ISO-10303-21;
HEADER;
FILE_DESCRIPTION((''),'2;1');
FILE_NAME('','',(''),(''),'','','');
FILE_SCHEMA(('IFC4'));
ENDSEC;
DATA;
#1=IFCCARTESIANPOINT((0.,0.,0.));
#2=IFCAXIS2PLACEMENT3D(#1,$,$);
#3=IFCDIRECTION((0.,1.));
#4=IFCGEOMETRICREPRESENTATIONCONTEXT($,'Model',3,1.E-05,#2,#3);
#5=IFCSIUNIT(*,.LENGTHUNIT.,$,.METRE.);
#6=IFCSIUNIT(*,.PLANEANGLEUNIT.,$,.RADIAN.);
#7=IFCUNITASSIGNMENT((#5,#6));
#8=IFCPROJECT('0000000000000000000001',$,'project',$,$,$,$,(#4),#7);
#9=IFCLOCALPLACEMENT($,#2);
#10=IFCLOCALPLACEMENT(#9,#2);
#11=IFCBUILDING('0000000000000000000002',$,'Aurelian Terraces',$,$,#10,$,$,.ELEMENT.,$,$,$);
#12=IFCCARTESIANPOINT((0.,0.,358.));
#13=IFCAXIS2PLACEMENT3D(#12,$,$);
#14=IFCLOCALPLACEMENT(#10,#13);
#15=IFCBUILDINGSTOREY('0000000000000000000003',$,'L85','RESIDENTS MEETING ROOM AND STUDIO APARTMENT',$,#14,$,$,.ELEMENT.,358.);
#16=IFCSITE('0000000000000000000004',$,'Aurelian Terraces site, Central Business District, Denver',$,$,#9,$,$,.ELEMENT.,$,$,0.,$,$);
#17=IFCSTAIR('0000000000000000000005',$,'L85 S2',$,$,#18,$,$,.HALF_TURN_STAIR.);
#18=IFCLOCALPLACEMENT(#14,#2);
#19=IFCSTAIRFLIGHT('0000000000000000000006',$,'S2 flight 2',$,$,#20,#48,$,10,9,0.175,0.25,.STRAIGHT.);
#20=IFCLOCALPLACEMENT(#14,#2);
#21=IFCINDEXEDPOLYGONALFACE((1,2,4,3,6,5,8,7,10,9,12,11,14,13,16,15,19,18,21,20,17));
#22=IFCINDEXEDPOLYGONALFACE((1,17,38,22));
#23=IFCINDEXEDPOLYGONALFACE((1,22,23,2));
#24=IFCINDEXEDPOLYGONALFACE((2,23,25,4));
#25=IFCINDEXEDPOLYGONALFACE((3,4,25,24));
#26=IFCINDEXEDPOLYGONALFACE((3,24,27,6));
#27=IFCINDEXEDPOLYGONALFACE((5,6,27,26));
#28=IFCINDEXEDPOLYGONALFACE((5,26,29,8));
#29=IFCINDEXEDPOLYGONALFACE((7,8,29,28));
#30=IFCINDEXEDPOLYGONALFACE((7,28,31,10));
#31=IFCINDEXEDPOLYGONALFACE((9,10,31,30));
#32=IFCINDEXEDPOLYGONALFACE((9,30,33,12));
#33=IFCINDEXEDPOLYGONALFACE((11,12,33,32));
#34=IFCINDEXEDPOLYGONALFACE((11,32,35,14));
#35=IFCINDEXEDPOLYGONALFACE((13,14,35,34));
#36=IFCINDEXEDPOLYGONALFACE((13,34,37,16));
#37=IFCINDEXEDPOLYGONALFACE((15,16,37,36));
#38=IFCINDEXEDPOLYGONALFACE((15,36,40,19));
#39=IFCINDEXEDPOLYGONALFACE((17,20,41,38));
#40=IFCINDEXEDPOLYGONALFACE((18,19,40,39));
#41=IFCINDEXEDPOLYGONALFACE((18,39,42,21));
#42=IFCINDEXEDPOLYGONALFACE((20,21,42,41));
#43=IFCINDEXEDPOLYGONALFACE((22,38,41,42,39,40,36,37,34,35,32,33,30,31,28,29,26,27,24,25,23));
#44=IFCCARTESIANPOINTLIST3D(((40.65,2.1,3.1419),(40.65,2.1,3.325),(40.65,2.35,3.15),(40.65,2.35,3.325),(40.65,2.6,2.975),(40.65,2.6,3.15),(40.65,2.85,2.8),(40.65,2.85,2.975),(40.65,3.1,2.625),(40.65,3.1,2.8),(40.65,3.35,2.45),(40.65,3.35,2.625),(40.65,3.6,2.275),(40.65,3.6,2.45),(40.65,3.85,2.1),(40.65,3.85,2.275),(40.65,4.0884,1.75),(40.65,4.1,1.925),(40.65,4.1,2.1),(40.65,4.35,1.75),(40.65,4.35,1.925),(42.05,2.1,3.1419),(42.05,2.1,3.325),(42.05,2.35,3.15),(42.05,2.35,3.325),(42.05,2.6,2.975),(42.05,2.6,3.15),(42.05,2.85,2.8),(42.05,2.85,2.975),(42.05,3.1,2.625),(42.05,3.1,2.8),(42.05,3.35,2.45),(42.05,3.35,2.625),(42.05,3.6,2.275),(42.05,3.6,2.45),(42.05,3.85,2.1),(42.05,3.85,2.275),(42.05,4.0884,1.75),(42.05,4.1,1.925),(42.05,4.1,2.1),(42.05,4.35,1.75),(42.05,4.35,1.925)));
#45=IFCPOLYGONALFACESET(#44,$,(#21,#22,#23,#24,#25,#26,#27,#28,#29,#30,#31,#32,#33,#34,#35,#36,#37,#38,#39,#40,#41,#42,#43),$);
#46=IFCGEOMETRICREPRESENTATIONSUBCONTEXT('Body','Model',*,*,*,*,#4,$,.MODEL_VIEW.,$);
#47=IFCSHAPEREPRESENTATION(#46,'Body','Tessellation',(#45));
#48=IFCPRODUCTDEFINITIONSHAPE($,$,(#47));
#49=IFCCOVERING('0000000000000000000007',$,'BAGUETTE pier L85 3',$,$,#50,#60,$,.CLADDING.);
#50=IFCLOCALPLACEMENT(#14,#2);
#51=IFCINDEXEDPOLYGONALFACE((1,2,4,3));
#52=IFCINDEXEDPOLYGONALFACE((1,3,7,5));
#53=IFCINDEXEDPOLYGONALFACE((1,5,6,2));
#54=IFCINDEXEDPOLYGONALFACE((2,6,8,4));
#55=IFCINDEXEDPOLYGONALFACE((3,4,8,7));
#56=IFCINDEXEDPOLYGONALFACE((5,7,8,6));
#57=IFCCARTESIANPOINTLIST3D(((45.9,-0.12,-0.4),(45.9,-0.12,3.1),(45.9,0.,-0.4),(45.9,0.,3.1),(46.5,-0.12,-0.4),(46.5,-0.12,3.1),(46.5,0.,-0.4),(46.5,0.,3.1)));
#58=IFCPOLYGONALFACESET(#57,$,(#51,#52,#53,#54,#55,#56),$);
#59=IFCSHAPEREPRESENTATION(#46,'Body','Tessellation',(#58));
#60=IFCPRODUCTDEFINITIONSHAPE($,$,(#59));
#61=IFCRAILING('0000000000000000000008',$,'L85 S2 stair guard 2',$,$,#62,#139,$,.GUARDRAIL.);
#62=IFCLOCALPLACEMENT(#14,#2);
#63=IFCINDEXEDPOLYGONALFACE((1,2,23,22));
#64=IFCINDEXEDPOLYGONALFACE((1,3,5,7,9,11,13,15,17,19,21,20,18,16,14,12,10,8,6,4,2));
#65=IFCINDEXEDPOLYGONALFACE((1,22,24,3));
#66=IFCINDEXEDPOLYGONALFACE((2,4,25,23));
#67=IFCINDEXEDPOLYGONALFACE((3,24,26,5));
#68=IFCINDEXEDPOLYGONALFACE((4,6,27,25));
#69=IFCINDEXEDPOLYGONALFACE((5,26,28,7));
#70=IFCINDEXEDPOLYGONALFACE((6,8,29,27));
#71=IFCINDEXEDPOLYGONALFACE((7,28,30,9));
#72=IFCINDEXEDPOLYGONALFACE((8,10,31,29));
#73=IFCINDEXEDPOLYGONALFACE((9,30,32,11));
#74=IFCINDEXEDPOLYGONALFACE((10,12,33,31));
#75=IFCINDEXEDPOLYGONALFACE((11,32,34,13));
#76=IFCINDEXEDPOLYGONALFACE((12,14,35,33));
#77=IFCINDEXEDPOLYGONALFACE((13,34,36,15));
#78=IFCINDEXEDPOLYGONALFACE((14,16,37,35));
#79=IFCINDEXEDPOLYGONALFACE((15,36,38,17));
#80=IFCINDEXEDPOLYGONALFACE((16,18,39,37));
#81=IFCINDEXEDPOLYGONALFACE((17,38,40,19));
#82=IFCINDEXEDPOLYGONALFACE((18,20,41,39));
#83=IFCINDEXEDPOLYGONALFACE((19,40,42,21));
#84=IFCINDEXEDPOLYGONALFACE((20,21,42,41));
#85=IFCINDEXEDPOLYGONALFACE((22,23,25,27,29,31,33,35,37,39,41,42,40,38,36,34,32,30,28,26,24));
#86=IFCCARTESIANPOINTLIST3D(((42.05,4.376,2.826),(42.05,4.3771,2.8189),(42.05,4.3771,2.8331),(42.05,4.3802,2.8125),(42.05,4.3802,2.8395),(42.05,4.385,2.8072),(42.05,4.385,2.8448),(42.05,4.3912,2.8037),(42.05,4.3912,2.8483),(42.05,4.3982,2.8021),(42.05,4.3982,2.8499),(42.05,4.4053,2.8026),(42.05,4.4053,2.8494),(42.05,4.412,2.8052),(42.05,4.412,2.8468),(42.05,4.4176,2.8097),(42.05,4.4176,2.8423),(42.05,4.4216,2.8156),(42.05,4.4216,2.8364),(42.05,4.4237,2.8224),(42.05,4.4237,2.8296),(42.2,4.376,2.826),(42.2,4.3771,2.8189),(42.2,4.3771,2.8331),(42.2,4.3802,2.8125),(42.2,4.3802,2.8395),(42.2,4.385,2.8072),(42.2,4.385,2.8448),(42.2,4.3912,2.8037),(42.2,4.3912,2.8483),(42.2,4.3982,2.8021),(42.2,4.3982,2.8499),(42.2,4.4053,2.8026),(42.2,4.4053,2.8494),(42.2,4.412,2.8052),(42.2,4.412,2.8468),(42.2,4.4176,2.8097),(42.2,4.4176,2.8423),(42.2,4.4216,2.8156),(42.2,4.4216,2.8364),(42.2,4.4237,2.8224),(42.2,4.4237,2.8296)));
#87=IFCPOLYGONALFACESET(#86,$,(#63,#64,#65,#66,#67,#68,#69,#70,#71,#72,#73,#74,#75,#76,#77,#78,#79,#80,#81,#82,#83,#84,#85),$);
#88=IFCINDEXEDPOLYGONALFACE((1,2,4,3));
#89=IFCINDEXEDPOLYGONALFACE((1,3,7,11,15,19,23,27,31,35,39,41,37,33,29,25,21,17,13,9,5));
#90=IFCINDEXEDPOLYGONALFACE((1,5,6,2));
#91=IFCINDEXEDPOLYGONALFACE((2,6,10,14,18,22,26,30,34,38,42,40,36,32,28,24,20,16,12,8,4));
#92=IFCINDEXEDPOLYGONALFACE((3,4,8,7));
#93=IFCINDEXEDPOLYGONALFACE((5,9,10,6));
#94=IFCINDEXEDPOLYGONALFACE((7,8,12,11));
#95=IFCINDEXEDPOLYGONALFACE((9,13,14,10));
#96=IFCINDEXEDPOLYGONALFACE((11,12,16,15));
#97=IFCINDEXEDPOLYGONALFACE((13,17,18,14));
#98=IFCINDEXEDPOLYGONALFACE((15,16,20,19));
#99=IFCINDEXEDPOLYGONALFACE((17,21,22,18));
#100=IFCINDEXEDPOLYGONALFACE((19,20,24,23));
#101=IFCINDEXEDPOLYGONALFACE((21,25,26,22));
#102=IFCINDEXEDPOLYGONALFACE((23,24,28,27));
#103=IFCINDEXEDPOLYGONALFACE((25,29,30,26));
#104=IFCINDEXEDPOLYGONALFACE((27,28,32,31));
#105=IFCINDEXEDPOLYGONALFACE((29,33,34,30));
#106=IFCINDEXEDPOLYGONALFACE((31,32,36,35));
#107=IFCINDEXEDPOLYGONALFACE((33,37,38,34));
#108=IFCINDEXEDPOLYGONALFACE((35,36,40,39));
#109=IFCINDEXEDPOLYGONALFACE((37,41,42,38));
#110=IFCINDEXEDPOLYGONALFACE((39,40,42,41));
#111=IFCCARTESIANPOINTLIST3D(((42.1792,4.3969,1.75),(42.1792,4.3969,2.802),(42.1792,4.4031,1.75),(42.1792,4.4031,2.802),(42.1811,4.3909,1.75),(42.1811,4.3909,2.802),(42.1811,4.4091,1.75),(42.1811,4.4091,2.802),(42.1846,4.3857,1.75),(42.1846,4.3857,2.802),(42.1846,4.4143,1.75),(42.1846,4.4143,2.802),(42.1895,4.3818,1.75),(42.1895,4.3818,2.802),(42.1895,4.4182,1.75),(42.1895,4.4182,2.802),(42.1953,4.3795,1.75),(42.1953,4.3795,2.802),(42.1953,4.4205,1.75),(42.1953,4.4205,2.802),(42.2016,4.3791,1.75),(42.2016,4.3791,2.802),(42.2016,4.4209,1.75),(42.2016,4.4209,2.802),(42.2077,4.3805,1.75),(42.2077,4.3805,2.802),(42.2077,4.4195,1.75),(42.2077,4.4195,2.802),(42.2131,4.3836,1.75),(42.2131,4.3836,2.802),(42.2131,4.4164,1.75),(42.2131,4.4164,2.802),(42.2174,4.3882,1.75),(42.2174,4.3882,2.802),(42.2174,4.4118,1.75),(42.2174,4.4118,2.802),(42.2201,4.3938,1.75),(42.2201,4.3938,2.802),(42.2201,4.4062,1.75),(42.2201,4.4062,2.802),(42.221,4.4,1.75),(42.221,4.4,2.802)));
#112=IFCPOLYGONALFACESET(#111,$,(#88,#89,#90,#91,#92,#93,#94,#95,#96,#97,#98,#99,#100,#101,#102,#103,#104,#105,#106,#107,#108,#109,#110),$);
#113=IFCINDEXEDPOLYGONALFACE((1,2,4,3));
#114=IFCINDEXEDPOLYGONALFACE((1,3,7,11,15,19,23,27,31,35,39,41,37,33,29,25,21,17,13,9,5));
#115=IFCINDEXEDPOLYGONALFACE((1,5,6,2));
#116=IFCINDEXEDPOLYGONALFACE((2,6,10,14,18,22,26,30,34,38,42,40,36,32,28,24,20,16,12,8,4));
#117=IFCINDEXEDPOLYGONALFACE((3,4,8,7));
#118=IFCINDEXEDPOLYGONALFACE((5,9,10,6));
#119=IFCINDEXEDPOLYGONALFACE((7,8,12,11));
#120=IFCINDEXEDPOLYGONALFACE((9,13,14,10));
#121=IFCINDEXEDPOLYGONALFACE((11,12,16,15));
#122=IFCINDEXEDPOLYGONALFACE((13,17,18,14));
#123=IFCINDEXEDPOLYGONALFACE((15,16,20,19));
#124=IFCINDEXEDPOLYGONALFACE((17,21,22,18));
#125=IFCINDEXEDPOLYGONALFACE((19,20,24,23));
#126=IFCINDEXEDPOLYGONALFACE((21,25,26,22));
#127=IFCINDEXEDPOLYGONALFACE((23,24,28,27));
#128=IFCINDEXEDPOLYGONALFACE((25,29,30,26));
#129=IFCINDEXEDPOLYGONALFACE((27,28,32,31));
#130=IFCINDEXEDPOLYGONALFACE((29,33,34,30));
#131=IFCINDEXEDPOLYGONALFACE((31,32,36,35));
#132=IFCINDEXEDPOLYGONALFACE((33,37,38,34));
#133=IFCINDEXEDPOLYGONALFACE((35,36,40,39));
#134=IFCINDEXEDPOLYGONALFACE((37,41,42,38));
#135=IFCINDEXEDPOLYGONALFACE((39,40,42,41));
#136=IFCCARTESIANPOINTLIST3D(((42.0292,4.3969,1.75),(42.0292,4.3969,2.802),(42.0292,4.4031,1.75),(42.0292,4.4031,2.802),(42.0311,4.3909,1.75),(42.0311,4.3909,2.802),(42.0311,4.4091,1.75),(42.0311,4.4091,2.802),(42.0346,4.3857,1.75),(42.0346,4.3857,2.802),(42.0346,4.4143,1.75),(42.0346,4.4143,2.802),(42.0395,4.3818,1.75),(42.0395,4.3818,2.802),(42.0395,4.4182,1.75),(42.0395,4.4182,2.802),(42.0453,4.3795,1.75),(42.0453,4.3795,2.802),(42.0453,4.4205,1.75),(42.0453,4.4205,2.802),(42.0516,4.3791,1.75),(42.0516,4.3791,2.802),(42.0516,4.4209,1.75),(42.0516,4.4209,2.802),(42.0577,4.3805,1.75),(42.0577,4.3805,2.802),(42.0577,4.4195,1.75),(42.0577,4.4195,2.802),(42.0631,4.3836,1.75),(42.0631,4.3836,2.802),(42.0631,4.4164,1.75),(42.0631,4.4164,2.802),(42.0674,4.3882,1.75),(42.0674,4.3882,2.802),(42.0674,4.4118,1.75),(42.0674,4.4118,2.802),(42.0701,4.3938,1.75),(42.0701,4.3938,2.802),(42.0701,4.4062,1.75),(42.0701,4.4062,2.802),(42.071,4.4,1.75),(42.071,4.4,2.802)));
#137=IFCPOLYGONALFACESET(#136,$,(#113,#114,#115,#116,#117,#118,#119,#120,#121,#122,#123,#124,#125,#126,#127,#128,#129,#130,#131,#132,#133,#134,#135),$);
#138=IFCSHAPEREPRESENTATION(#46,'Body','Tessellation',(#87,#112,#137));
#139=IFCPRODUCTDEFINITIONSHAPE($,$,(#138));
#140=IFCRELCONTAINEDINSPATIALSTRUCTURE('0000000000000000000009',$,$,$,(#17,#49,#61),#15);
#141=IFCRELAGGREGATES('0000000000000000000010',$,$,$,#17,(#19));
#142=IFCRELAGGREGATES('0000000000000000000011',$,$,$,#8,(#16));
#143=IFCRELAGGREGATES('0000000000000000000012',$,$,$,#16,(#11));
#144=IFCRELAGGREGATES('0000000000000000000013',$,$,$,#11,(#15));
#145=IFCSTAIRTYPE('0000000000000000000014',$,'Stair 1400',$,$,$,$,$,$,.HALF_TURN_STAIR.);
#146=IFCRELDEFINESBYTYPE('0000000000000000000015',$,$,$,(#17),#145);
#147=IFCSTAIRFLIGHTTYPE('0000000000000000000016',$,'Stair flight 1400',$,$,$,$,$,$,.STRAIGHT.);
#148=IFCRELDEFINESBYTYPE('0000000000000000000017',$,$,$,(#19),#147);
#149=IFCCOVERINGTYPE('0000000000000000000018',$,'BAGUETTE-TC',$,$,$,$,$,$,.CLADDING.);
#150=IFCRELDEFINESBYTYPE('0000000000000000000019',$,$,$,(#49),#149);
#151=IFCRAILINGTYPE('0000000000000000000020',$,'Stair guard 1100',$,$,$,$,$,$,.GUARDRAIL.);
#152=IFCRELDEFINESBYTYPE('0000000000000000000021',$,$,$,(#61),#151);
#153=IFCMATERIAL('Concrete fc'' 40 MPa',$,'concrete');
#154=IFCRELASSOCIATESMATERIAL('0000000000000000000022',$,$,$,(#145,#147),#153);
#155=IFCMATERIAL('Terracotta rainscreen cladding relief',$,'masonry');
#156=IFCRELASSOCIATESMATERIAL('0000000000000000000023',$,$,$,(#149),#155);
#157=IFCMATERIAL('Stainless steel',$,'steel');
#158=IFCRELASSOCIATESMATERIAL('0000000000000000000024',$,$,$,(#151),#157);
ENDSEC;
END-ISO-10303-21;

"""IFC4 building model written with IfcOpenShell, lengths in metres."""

from ifc_helpers import new_model, si_unit, direction, frame, origin, origin_2d, place, context, subcontext, project, spatial, polyline, rectangle, circle, outline, extrude, source, transform, mapped, material, type_object, element, aggregate, save


model = new_model("IFC4")

# Units and contexts
model_context = context("Model", 3, precision=1e-05, world=origin(), true_north=direction((0.0, 1.0)))
body_context = subcontext(model_context, "Body", "Model", "MODEL_VIEW")
ifc_project = project(units=[si_unit("LENGTHUNIT", "METRE"), si_unit("PLANEANGLEUNIT", "RADIAN")], contexts=[model_context])

# Site, building, storey
site_placement = place(None, origin())
site = spatial("IfcSite", under=ifc_project, at=site_placement, Name="Aurelian Terraces site, Central Business District, Denver", CompositionType="ELEMENT", RefElevation=0.0)
building_placement = place(site_placement, origin())
building = spatial("IfcBuilding", under=site, at=building_placement, Name="Aurelian Terraces", CompositionType="ELEMENT")
storey_placement = place(building_placement, frame((0.0, 0.0, 358.0)))
storey = spatial("IfcBuildingStorey", under=building, at=storey_placement, Name="L85", Description="RESIDENTS MEETING ROOM AND STUDIO APARTMENT", CompositionType="ELEMENT", Elevation=358.0)

# Shared definitions
ifc_material_1 = material(Name="Concrete fc' 40 MPa", Category="concrete")

# Stair, stair flight
stair_type = type_object("IfcStairType", Name="Stair 1400", PredefinedType="HALF_TURN_STAIR", material=ifc_material_1)
stair_placement = place(storey_placement, origin())
stair = element("IfcStair", 1, at=stair_placement, inside=storey, type_object=stair_type, Name="L85 S2", PredefinedType="HALF_TURN_STAIR")
stair_flight_type = type_object("IfcStairFlightType", Name="Stair flight 1400", PredefinedType="STRAIGHT", material=ifc_material_1)
shared_shape_1 = source(origin(), body_context, "Body", "SweptSolid", [
    extrude(outline(polyline([(0.0, 0.0), (0.0, 0.175), (0.25, 0.175), (0.25, 0.35), (0.5, 0.35), (0.5, 0.525), (0.75, 0.525), (0.75, 0.7), (1.0, 0.7), (1.0, 0.875), (1.25, 0.875), (1.25, 1.05), (1.5, 1.05), (1.5, 1.225), (1.75, 1.225), (1.75, 1.4), (2.0, 1.4), (2.0, 1.575), (2.25, 1.575), (2.25, 1.75), (2.25, 1.3919), (0.2616, 0.0), (0.0, 0.0)])), frame((0.0, 0.7, 0.0), z_axis=(0.0, -1.0, 0.0), x_axis=(1.0, 0.0, 0.0)), (0.0, 0.0, 1.0), 1.4),
])
stair_flight_1_placement = place(storey_placement, frame((41.35, 4.35, 1.75), z_axis=(0.0, 0.0, 1.0), x_axis=(0.0, -1.0, 0.0)))
stair_flight_1 = element("IfcStairFlight", 2, at=stair_flight_1_placement, type_object=stair_flight_type, Name="S2 flight 2", NumberOfRisers=10, NumberOfTreads=9, PredefinedType="STRAIGHT", RiserHeight=0.175, TreadLength=0.25, context=body_context, shape_type="MappedRepresentation", body=[
    mapped(shared_shape_1, transform((0.0, 0.0, 0.0), scale=1.0)),
])
aggregate(stair, [stair_flight_1])

# Covering
ifc_material_2 = material(Name="Terracotta rainscreen cladding relief", Category="masonry")
covering_type = type_object("IfcCoveringType", Name="BAGUETTE-TC", PredefinedType="CLADDING", material=ifc_material_2)
shared_shape_2 = source(origin(), body_context, "Body", "SweptSolid", [
    extrude(rectangle(XDim=0.6, YDim=0.12, at=origin_2d()), origin(), (0.0, 0.0, 1.0), 3.5),
])
covering_placement = place(storey_placement, frame((46.2, -0.06, -0.4), z_axis=(0.0, 0.0, 1.0), x_axis=(1.0, 0.0, 0.0)))
element("IfcCovering", 3, at=covering_placement, inside=storey, type_object=covering_type, Name="BAGUETTE pier L85 3", PredefinedType="CLADDING", context=body_context, shape_type="MappedRepresentation", body=[
    mapped(shared_shape_2, transform((0.0, 0.0, 0.0), scale=1.0)),
])

# Railing
ifc_material_3 = material(Name="Stainless steel", Category="steel")
railing_type_1 = type_object("IfcRailingType", Name="Stair guard 1100", PredefinedType="GUARDRAIL", material=ifc_material_3)
shared_shape_3 = source(origin(), body_context, "Body", "SweptSolid", [
    extrude(circle(Radius=0.024, at=origin_2d()), frame((0.0, 0.0, 1.076), z_axis=(-1.0, 0.0, 0.0), x_axis=(0.0, -1.0, 0.0)), (0.0, 0.0, 1.0), 0.15),
    extrude(circle(Radius=0.021, at=origin_2d()), origin(), (0.0, 0.0, 1.0), 1.052),
    extrude(circle(Radius=0.021, at=origin_2d()), frame((-0.15, 0.0, 0.0)), (0.0, 0.0, 1.0), 1.052),
])
for number, where, name in (
    (4, (42.2, 4.4, 1.75), "L85 S2 stair guard 2"),
):
    element("IfcRailing", number, at=place(storey_placement, frame(where)), inside=storey, type_object=railing_type_1, Name=name, PredefinedType="GUARDRAIL", context=body_context, shape_type="MappedRepresentation", body=[
        mapped(shared_shape_3, transform((0.0, 0.0, 0.0), scale=1.0)),
    ])

save(model, "model.ifc")
